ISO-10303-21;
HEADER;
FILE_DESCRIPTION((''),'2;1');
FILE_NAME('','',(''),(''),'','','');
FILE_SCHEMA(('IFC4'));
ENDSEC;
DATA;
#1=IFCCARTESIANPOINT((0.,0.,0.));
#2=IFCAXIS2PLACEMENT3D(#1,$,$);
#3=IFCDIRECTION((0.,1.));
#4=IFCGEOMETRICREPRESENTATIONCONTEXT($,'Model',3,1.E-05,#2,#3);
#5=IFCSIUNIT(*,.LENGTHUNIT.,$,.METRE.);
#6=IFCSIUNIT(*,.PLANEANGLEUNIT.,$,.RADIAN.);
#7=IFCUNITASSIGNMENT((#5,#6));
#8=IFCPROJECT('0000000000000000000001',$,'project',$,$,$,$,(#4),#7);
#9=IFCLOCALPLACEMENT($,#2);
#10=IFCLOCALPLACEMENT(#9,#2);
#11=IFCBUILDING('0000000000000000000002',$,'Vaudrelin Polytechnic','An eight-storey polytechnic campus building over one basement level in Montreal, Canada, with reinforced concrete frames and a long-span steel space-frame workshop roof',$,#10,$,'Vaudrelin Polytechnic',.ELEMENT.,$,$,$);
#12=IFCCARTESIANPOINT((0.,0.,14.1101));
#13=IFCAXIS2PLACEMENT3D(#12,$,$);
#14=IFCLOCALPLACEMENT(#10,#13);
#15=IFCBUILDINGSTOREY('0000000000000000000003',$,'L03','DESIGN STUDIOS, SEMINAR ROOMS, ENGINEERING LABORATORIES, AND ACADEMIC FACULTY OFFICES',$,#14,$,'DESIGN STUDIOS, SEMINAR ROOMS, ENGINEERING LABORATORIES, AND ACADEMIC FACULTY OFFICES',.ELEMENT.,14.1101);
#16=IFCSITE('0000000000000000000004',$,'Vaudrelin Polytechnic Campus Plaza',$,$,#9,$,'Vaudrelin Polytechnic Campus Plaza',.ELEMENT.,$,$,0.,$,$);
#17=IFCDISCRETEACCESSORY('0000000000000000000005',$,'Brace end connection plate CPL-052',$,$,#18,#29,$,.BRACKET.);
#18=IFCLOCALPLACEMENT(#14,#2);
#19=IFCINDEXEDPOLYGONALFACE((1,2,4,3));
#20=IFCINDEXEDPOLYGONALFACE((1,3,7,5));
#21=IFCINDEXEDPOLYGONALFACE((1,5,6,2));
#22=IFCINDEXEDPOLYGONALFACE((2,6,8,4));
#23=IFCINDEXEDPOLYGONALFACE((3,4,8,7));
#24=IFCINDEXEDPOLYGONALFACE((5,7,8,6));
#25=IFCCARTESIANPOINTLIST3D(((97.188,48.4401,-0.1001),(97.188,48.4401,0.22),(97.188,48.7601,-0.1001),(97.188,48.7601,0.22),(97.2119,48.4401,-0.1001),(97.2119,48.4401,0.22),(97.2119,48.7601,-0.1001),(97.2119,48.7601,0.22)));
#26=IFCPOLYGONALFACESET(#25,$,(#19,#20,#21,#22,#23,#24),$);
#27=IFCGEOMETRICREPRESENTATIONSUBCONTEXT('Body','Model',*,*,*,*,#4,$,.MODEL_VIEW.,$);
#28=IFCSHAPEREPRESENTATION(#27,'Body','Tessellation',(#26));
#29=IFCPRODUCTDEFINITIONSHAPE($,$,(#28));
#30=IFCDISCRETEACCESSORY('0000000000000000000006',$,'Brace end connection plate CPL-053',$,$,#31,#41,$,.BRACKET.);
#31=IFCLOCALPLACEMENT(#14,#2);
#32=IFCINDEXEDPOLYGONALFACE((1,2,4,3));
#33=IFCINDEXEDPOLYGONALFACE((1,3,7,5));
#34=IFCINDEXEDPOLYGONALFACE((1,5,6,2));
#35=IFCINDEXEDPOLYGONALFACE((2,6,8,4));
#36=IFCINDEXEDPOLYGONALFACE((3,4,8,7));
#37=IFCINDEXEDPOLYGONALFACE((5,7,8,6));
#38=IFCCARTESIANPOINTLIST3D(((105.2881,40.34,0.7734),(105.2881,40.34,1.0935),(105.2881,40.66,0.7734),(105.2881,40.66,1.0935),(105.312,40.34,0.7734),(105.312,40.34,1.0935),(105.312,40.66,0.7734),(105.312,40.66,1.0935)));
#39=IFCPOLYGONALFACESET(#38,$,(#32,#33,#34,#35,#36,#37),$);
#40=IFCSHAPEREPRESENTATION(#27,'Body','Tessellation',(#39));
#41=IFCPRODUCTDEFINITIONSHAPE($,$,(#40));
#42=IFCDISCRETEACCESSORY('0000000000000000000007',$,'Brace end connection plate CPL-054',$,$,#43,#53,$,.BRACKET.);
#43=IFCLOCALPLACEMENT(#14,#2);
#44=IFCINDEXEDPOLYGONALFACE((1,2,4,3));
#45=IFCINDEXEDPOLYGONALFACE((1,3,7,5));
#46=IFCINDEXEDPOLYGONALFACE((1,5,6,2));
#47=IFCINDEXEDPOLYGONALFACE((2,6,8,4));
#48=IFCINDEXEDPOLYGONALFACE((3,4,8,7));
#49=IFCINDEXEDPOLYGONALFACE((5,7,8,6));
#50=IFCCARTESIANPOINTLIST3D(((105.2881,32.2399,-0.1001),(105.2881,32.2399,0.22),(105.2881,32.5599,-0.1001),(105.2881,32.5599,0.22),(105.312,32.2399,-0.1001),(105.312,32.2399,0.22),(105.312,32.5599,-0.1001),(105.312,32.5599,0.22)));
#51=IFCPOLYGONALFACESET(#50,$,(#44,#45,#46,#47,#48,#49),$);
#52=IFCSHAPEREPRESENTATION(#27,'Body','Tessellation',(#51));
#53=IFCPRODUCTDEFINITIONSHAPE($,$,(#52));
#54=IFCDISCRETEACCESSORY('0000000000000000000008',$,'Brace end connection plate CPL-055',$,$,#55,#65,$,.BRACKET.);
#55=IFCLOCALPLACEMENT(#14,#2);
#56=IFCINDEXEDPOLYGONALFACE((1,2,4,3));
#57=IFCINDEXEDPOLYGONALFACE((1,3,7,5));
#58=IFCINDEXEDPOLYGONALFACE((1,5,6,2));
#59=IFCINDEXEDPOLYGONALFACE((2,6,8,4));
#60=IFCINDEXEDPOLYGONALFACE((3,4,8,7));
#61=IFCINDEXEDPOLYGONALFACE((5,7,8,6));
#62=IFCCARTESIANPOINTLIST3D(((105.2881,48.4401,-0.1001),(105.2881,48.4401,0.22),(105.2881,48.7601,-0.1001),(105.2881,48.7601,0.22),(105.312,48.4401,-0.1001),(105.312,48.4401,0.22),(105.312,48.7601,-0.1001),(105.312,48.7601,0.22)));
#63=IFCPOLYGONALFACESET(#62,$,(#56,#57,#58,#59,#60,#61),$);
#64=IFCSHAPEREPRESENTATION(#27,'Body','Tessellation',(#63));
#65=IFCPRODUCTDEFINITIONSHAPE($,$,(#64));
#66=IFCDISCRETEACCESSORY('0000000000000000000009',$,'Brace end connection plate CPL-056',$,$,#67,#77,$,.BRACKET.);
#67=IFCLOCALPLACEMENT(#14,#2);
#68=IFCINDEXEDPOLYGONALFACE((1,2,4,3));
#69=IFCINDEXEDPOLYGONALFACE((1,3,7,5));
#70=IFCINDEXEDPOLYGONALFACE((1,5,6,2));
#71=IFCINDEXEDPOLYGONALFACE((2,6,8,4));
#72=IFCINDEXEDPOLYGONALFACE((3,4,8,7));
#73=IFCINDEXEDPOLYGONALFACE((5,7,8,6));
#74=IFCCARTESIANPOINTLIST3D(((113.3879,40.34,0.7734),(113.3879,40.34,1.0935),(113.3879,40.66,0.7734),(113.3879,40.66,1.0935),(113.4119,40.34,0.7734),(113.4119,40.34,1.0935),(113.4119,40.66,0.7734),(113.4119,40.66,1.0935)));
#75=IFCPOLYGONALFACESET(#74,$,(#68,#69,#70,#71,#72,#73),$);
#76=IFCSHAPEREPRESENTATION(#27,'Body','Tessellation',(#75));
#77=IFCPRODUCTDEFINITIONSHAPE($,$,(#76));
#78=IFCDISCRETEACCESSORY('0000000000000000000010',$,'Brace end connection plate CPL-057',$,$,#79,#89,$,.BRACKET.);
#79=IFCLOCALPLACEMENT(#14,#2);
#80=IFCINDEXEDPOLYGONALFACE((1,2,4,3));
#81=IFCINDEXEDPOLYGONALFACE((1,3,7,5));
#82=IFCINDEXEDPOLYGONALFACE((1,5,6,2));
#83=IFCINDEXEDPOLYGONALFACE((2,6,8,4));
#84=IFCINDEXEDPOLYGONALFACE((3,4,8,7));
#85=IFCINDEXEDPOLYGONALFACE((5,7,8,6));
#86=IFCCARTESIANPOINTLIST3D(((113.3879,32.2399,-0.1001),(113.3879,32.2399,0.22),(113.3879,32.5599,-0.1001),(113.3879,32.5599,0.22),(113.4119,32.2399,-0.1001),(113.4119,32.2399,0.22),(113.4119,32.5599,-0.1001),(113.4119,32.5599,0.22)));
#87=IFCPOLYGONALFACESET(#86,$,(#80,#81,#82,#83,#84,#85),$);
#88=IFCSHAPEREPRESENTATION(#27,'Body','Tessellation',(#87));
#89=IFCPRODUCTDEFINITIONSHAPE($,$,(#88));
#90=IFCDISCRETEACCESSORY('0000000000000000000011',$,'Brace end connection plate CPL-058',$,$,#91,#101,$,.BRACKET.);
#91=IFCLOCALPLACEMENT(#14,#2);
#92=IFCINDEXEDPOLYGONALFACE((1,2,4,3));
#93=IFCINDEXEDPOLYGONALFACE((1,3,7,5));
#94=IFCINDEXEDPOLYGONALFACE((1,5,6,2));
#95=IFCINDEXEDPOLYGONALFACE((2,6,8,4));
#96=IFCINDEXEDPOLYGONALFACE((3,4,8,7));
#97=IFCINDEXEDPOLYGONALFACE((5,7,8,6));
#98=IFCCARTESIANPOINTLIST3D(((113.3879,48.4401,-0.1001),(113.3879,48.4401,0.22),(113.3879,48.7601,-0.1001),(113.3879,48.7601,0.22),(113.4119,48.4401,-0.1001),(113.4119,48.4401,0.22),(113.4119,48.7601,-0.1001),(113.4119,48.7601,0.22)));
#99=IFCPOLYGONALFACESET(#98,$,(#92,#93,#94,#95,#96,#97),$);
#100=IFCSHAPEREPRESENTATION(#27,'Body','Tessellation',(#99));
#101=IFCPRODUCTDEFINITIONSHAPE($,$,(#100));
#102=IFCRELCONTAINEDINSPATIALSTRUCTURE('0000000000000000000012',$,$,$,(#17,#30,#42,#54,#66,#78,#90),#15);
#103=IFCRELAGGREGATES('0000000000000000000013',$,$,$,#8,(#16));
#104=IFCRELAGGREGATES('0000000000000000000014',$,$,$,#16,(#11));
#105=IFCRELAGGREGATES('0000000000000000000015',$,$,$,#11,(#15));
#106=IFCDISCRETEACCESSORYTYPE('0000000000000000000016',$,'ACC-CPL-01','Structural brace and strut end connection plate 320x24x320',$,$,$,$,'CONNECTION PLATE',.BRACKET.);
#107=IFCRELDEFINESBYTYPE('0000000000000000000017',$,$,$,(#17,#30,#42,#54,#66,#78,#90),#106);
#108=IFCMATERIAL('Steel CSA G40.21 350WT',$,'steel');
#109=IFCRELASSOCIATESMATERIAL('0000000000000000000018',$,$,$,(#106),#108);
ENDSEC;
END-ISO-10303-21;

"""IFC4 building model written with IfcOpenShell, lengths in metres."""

from ifc_helpers import new_model, si_unit, direction, frame, origin, origin_2d, place, context, subcontext, project, spatial, rectangle, extrude, material, type_object, element, save


model = new_model("IFC4")

# Units and contexts
model_context = context("Model", 3, precision=1e-05, world=origin(), true_north=direction((0.0, 1.0)))
body_context = subcontext(model_context, "Body", "Model", "MODEL_VIEW")
ifc_project = project(units=[si_unit("LENGTHUNIT", "METRE"), si_unit("PLANEANGLEUNIT", "RADIAN")], contexts=[model_context])

# Site, building, storey
site_placement = place(None, origin())
site = spatial("IfcSite", under=ifc_project, at=site_placement, Name="Vaudrelin Polytechnic Campus Plaza", LongName="Vaudrelin Polytechnic Campus Plaza", CompositionType="ELEMENT", RefElevation=0.0)
building_placement = place(site_placement, origin())
building = spatial("IfcBuilding", under=site, at=building_placement, Name="Vaudrelin Polytechnic", Description="An eight-storey polytechnic campus building over one basement level in Montreal, Canada, with reinforced concrete frames and a long-span steel space-frame workshop roof", LongName="Vaudrelin Polytechnic", CompositionType="ELEMENT")
storey_placement = place(building_placement, frame((0.0, 0.0, 14.1101)))
storey = spatial("IfcBuildingStorey", under=building, at=storey_placement, Name="L03", Description="DESIGN STUDIOS, SEMINAR ROOMS, ENGINEERING LABORATORIES, AND ACADEMIC FACULTY OFFICES", LongName="DESIGN STUDIOS, SEMINAR ROOMS, ENGINEERING LABORATORIES, AND ACADEMIC FACULTY OFFICES", CompositionType="ELEMENT", Elevation=14.1101)

# Shared definitions
ifc_material_1 = material(Name="Steel CSA G40.21 350WT", Category="steel")

# Discrete accessories
discrete_accessory_type = type_object("IfcDiscreteAccessoryType", Name="ACC-CPL-01", Description="Structural brace and strut end connection plate 320x24x320", ElementType="CONNECTION PLATE", PredefinedType="BRACKET", material=ifc_material_1)
for number, where, z_axis, x_axis, name in (
    (1, (97.2, 48.6001, -0.1001), (0.0, 0.0, 1.0), (1.0, 0.0, 0.0), "Brace end connection plate CPL-052"),
    (2, (105.3, 40.5, 0.7734), (0.0, 0.0, 1.0), (1.0, 0.0, 0.0), "Brace end connection plate CPL-053"),
    (3, (105.3, 32.3999, -0.1001), (0.0, 0.0, 1.0), (1.0, 0.0, 0.0), "Brace end connection plate CPL-054"),
    (4, (105.3, 48.6001, -0.1001), (0.0, 0.0, 1.0), (1.0, 0.0, 0.0), "Brace end connection plate CPL-055"),
    (5, (113.3999, 40.5, 0.7734), (0.0, 0.0, 1.0), (1.0, 0.0, 0.0), "Brace end connection plate CPL-056"),
    (6, (113.3999, 32.3999, -0.1001), (0.0, 0.0, 1.0), (1.0, 0.0, 0.0), "Brace end connection plate CPL-057"),
    (7, (113.3999, 48.6001, -0.1001), (0.0, 0.0, 1.0), (1.0, 0.0, 0.0), "Brace end connection plate CPL-058"),
):
    element("IfcDiscreteAccessory", number, at=place(storey_placement, frame(where, z_axis=z_axis, x_axis=x_axis)), inside=storey, type_object=discrete_accessory_type, Name=name, PredefinedType="BRACKET", context=body_context, shape_type="SweptSolid", body=[
        extrude(rectangle(XDim=0.0239, YDim=0.3201, at=origin_2d()), origin(), (0.0, 0.0, 1.0), 0.3201),
    ])

save(model, "model.ifc")
